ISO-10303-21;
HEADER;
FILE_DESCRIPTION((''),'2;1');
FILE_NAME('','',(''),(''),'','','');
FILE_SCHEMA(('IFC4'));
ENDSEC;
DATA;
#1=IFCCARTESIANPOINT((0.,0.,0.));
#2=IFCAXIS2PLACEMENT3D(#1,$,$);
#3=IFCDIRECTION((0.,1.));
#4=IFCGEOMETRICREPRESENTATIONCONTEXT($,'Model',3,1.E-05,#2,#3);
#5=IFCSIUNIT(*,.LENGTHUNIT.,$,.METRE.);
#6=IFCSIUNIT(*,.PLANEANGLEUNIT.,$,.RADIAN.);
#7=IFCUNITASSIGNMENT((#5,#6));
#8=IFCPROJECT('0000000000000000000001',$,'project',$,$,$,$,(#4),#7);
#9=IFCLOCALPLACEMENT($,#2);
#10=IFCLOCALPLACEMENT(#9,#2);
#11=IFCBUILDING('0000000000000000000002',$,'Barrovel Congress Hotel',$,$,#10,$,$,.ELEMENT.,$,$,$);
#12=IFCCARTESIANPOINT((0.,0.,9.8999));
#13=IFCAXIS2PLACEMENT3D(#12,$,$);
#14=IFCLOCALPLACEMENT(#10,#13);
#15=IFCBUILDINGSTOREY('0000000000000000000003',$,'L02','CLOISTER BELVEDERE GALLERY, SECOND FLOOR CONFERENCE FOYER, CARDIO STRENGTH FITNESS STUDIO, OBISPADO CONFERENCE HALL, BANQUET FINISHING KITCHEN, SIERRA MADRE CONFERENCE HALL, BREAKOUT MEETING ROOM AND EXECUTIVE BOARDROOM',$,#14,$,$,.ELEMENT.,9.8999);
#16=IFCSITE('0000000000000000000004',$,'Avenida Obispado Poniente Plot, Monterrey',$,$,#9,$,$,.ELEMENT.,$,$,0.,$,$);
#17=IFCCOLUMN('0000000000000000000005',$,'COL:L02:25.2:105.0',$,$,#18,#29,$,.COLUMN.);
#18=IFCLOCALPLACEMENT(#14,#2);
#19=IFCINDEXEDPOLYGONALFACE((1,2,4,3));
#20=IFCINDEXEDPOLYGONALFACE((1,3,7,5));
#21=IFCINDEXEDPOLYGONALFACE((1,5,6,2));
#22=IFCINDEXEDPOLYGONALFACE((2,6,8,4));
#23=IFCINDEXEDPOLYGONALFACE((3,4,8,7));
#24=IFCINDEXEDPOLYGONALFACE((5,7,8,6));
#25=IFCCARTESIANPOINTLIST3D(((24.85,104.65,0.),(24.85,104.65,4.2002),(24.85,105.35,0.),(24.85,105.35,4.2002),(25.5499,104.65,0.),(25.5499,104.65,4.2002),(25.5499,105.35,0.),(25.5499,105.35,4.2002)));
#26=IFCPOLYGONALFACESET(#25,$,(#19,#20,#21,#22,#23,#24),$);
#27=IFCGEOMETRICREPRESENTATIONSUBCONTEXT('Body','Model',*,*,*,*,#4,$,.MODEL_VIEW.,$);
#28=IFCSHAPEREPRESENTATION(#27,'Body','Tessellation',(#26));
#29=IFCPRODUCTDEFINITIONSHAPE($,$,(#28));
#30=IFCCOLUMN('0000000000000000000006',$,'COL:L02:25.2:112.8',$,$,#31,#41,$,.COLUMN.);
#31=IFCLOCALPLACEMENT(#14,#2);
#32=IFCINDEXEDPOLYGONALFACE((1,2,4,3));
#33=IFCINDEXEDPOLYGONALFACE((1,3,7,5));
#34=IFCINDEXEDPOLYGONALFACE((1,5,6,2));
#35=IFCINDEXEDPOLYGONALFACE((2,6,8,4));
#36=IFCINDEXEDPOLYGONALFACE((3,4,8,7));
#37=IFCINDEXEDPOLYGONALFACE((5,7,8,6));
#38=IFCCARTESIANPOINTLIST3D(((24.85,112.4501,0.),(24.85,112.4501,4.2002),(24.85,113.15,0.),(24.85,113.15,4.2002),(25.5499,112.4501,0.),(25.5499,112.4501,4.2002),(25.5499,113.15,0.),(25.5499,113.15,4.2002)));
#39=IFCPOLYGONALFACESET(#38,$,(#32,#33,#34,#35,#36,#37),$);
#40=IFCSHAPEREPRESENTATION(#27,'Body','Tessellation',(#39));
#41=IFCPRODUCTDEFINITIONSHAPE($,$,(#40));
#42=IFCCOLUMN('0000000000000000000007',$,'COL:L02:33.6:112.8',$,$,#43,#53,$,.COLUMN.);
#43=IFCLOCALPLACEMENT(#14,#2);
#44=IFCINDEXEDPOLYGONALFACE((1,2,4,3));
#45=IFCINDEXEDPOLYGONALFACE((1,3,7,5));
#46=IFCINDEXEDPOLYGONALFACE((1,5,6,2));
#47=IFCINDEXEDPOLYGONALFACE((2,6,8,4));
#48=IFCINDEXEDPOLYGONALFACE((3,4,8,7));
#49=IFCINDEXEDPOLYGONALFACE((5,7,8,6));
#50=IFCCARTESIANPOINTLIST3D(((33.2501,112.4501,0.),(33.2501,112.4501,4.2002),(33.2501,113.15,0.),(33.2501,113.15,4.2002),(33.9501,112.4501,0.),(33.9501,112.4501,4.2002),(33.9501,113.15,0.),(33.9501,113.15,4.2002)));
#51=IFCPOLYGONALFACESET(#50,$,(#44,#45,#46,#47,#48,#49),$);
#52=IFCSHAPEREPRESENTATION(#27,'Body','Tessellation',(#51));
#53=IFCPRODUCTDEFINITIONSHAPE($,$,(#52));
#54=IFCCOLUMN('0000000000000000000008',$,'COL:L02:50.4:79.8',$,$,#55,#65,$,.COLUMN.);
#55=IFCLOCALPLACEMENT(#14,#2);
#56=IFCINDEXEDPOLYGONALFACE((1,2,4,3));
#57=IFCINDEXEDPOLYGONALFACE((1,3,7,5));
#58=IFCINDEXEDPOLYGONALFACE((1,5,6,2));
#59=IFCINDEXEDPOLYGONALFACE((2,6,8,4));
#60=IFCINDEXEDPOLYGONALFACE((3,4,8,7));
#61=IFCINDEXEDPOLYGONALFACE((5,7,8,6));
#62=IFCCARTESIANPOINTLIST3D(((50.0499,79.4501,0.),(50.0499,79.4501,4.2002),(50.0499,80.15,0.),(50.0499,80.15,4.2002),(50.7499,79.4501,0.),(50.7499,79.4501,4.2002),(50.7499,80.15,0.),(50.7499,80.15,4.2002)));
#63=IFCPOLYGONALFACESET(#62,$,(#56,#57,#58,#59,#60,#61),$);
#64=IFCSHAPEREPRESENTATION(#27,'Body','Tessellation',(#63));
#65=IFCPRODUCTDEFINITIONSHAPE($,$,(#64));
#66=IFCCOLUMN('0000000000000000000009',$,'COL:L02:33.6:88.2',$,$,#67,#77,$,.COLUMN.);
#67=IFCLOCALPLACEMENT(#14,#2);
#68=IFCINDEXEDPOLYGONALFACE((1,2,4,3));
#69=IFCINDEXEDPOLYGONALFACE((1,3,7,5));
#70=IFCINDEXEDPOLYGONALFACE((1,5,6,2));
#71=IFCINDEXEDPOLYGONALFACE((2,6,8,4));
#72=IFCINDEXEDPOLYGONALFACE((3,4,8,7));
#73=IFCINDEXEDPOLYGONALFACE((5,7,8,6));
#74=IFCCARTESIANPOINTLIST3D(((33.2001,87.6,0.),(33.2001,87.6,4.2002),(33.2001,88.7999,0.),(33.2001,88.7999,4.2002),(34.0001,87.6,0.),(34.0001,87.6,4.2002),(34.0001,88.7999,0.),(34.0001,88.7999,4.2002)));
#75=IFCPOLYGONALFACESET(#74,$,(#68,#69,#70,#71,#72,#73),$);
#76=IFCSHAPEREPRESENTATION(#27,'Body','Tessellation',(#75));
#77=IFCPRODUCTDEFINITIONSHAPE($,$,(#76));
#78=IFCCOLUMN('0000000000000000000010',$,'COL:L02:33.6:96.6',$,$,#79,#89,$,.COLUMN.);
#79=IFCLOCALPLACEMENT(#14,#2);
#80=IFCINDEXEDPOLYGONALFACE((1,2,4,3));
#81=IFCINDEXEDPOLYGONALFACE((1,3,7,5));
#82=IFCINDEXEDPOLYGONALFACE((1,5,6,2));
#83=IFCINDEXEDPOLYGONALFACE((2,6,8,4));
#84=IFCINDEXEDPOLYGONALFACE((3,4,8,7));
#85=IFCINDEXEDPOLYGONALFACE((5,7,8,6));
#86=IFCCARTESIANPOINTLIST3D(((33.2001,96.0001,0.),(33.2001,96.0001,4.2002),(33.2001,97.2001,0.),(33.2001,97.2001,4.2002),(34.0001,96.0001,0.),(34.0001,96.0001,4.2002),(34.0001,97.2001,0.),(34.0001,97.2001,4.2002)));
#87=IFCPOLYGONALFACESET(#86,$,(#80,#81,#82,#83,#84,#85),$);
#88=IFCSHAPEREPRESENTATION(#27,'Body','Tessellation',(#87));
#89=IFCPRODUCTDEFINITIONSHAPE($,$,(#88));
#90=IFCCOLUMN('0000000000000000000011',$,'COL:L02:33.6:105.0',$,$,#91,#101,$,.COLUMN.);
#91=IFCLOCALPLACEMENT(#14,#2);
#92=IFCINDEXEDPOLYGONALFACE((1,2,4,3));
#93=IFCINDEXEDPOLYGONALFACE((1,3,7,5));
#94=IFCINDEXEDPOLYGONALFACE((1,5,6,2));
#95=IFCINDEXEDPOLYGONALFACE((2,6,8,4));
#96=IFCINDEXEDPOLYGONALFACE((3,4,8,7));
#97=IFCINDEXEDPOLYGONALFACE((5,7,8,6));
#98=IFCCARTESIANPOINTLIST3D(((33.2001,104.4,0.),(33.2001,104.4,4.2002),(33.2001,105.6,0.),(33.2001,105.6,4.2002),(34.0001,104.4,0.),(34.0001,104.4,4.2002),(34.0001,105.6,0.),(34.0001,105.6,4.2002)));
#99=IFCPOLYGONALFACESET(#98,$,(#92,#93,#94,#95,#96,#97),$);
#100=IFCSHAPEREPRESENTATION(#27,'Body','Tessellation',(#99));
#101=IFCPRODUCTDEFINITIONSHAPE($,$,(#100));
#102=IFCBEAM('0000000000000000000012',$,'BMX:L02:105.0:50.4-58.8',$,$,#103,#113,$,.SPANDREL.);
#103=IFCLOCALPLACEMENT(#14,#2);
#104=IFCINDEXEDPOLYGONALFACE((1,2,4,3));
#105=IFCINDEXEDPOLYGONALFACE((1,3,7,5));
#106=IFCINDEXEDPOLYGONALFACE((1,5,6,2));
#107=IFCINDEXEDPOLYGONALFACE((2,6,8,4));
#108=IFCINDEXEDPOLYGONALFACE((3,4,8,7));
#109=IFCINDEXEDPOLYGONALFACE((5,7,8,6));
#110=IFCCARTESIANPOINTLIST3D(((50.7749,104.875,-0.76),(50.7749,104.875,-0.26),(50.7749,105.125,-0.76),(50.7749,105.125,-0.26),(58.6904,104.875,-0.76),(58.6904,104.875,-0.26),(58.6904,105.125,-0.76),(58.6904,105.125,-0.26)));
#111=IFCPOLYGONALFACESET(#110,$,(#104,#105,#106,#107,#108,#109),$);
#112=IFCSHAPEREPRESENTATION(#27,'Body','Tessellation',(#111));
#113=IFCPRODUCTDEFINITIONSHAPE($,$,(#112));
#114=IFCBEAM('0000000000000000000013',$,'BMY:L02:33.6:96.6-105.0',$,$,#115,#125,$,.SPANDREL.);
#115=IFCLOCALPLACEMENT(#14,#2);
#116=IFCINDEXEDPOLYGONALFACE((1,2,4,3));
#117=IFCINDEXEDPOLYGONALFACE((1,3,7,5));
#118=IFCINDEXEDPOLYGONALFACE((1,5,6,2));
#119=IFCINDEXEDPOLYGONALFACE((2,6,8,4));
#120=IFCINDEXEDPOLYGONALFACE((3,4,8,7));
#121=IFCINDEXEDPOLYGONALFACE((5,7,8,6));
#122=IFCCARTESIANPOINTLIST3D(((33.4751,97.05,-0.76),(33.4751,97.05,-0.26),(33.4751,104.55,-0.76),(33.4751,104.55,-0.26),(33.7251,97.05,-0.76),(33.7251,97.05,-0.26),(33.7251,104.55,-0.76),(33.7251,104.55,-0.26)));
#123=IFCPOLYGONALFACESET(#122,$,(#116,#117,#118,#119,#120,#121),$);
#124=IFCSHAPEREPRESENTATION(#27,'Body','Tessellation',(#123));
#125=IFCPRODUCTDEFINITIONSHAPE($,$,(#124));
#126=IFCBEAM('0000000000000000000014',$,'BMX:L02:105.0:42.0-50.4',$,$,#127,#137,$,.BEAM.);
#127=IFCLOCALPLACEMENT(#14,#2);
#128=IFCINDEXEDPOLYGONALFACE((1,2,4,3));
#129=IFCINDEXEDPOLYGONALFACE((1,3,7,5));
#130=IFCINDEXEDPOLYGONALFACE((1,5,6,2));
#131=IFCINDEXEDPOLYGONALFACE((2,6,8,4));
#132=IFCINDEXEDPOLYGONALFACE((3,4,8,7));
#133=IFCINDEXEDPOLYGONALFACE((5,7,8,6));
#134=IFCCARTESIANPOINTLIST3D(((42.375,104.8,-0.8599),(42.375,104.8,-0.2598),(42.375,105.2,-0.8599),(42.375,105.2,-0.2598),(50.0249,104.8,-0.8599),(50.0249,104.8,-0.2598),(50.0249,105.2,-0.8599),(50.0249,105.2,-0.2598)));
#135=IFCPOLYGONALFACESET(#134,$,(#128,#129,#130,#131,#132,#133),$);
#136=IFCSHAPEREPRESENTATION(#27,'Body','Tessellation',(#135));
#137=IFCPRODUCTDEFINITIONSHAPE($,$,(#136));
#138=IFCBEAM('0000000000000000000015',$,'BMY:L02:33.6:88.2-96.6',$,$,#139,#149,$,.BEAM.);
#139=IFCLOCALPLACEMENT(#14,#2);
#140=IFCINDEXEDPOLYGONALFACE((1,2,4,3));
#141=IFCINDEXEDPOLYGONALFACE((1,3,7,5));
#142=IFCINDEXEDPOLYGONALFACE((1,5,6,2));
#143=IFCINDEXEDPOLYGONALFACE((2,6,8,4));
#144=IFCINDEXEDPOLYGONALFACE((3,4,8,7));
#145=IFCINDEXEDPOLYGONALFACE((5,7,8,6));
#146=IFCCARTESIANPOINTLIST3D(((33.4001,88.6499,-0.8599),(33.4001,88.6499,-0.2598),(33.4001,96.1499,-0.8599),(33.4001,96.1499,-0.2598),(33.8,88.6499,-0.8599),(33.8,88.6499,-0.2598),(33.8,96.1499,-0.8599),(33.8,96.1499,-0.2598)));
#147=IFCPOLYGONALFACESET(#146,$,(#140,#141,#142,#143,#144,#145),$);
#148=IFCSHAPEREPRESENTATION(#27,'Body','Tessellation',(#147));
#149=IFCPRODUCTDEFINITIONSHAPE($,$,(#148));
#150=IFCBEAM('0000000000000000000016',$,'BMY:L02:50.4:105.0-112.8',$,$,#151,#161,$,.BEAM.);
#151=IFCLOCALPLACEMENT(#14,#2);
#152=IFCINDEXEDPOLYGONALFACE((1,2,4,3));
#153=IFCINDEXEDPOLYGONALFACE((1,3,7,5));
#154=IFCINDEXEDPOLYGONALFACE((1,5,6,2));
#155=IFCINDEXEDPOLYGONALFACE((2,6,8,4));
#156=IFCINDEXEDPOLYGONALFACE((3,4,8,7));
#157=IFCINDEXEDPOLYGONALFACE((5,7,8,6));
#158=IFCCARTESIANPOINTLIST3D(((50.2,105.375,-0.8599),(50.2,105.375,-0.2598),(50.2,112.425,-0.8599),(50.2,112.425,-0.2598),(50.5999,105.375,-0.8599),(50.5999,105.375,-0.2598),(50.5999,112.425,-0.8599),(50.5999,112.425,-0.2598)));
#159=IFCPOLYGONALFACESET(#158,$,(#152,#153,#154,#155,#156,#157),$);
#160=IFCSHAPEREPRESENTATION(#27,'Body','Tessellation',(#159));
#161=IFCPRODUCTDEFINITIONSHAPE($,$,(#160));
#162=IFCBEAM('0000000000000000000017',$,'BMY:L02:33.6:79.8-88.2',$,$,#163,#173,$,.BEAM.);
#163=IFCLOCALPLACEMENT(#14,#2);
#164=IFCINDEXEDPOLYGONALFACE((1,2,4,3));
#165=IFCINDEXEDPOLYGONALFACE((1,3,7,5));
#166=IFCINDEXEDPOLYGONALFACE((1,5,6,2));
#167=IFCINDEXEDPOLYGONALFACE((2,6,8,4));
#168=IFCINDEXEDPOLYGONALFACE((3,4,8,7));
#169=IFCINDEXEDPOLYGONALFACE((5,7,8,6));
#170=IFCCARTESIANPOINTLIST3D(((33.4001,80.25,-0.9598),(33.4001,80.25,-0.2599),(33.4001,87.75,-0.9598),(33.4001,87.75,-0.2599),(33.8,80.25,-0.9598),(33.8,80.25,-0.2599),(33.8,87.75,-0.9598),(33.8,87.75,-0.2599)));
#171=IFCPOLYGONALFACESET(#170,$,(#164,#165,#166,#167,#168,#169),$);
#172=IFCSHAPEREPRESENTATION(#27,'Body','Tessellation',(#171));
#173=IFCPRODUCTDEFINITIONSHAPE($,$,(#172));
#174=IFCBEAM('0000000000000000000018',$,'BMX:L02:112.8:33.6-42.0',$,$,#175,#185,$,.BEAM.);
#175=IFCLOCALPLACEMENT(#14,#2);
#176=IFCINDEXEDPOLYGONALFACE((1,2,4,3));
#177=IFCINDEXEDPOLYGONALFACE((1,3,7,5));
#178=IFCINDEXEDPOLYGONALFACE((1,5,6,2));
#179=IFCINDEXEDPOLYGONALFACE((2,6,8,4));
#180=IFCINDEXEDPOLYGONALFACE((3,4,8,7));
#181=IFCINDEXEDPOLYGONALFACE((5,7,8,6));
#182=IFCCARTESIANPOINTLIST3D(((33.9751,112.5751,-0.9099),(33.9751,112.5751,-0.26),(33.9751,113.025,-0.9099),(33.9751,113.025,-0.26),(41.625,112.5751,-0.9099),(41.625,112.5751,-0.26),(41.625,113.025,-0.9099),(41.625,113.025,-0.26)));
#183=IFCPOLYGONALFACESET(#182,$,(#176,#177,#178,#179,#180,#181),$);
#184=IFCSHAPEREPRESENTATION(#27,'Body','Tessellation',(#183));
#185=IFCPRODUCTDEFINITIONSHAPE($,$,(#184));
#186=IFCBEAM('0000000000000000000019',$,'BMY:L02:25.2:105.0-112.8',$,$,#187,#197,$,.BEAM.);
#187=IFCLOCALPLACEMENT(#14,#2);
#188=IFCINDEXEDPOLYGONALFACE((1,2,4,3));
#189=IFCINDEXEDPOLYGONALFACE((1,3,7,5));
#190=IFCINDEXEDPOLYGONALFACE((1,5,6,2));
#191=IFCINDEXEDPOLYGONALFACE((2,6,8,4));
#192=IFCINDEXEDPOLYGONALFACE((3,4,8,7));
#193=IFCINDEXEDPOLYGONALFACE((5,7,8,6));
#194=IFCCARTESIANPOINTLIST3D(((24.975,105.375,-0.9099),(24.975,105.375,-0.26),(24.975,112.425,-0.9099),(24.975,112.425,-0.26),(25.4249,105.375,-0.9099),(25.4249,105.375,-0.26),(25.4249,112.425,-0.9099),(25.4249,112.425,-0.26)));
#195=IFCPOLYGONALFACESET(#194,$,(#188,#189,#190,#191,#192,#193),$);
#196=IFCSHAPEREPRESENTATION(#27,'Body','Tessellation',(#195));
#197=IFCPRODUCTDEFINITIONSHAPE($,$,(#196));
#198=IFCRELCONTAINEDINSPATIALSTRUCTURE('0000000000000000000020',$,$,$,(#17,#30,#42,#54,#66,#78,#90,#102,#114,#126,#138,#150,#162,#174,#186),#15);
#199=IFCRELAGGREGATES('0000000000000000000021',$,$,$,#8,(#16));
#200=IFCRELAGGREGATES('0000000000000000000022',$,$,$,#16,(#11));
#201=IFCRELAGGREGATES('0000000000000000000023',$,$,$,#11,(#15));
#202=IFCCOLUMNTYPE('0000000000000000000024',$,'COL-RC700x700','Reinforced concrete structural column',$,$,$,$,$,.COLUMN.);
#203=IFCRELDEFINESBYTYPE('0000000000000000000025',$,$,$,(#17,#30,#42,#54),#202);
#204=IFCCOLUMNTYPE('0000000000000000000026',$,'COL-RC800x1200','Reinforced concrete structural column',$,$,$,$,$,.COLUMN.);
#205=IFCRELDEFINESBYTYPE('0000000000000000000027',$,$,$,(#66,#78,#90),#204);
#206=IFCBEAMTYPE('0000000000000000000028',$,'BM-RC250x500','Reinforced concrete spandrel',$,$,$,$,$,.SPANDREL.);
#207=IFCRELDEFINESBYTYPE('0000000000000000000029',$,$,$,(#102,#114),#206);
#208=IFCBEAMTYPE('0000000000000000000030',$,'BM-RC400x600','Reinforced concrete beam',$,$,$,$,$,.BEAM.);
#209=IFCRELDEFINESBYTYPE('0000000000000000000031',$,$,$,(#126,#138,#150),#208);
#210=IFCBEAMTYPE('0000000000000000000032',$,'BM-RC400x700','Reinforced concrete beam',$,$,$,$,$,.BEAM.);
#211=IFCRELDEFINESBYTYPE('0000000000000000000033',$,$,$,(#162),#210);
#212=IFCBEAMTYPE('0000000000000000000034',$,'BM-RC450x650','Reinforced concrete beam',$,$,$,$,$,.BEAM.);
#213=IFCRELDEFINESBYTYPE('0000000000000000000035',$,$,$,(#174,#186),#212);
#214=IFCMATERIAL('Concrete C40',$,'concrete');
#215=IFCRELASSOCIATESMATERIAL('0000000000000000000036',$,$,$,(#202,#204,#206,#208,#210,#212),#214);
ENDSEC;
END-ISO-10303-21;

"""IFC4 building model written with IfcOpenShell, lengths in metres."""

from ifc_helpers import new_model, si_unit, direction, frame, origin, origin_2d, place, context, subcontext, project, spatial, rectangle, extrude, material, material_profile, profile_set, type_object, element, save


model = new_model("IFC4")

# Units and contexts
model_context = context("Model", 3, precision=1e-05, world=origin(), true_north=direction((0.0, 1.0)))
body_context = subcontext(model_context, "Body", "Model", "MODEL_VIEW")
ifc_project = project(units=[si_unit("LENGTHUNIT", "METRE"), si_unit("PLANEANGLEUNIT", "RADIAN")], contexts=[model_context])

# Site, building, storey
site_placement = place(None, origin())
site = spatial("IfcSite", under=ifc_project, at=site_placement, Name="Avenida Obispado Poniente Plot, Monterrey", CompositionType="ELEMENT", RefElevation=0.0)
building_placement = place(site_placement, origin())
building = spatial("IfcBuilding", under=site, at=building_placement, Name="Barrovel Congress Hotel", CompositionType="ELEMENT")
storey_placement = place(building_placement, frame((0.0, 0.0, 9.8999)))
storey = spatial("IfcBuildingStorey", under=building, at=storey_placement, Name="L02", Description="CLOISTER BELVEDERE GALLERY, SECOND FLOOR CONFERENCE FOYER, CARDIO STRENGTH FITNESS STUDIO, OBISPADO CONFERENCE HALL, BANQUET FINISHING KITCHEN, SIERRA MADRE CONFERENCE HALL, BREAKOUT MEETING ROOM AND EXECUTIVE BOARDROOM", CompositionType="ELEMENT", Elevation=9.8999)

# Columns
ifc_material_1 = material(Name="Concrete C40", Category="concrete")
ifc_material_profile_1 = material_profile(ifc_material_1, rectangle(XDim=0.7, YDim=0.7, at=origin_2d()), Name="RC700x700")
ifc_profile_set_1 = profile_set([ifc_material_profile_1], Name="Concrete C40")
column_type_1 = type_object("IfcColumnType", Name="COL-RC700x700", Description="Reinforced concrete structural column", PredefinedType="COLUMN", material=ifc_profile_set_1)
for number, where, z_axis, x_axis, name in (
    (1, (25.2, 105.0, 0.0), (0.0, 0.0, 1.0), (1.0, 0.0, 0.0), "COL:L02:25.2:105.0"),
    (2, (25.2, 112.8, 0.0), (0.0, 0.0, 1.0), (1.0, 0.0, 0.0), "COL:L02:25.2:112.8"),
    (3, (33.6001, 112.8, 0.0), (0.0, 0.0, 1.0), (1.0, 0.0, 0.0), "COL:L02:33.6:112.8"),
    (4, (50.3999, 79.8, 0.0), (0.0, 0.0, 1.0), (1.0, 0.0, 0.0), "COL:L02:50.4:79.8"),
):
    element("IfcColumn", number, at=place(storey_placement, frame(where, z_axis=z_axis, x_axis=x_axis)), inside=storey, type_object=column_type_1, Name=name, PredefinedType="COLUMN", context=body_context, shape_type="SweptSolid", body=[
        extrude(rectangle(XDim=0.7, YDim=0.7, at=origin_2d()), origin(), (0.0, 0.0, 1.0), 4.2002),
    ])
ifc_material_profile_2 = material_profile(ifc_material_1, rectangle(XDim=0.8, YDim=1.2, at=origin_2d()), Name="RC800x1200")
ifc_profile_set_2 = profile_set([ifc_material_profile_2], Name="Concrete C40")
column_type_2 = type_object("IfcColumnType", Name="COL-RC800x1200", Description="Reinforced concrete structural column", PredefinedType="COLUMN", material=ifc_profile_set_2)
for number, where, z_axis, x_axis, name in (
    (5, (33.6001, 88.2, 0.0), (0.0, 0.0, 1.0), (1.0, 0.0, 0.0), "COL:L02:33.6:88.2"),
    (6, (33.6001, 96.6001, 0.0), (0.0, 0.0, 1.0), (1.0, 0.0, 0.0), "COL:L02:33.6:96.6"),
    (7, (33.6001, 105.0, 0.0), (0.0, 0.0, 1.0), (1.0, 0.0, 0.0), "COL:L02:33.6:105.0"),
):
    element("IfcColumn", number, at=place(storey_placement, frame(where, z_axis=z_axis, x_axis=x_axis)), inside=storey, type_object=column_type_2, Name=name, PredefinedType="COLUMN", context=body_context, shape_type="SweptSolid", body=[
        extrude(rectangle(XDim=0.8, YDim=1.2, at=origin_2d()), origin(), (0.0, 0.0, 1.0), 4.2002),
    ])

# Beams
ifc_material_profile_3 = material_profile(ifc_material_1, rectangle(XDim=0.25, YDim=0.5, at=origin_2d()), Name="RC250x500")
ifc_profile_set_3 = profile_set([ifc_material_profile_3], Name="Concrete C40")
beam_type_1 = type_object("IfcBeamType", Name="BM-RC250x500", Description="Reinforced concrete spandrel", PredefinedType="SPANDREL", material=ifc_profile_set_3)
beam_1_placement = place(storey_placement, frame((50.7749, 105.0, -0.51), z_axis=(1.0, 0.0, 0.0), x_axis=(0.0, 1.0, 0.0)))
element("IfcBeam", 8, at=beam_1_placement, inside=storey, type_object=beam_type_1, Name="BMX:L02:105.0:50.4-58.8", PredefinedType="SPANDREL", context=body_context, shape_type="SweptSolid", body=[
    extrude(rectangle(XDim=0.25, YDim=0.5, at=origin_2d()), origin(), (0.0, 0.0, 1.0), 7.9155),
])
beam_2_placement = place(storey_placement, frame((33.6001, 97.05, -0.51), z_axis=(0.0, 1.0, 0.0), x_axis=(-1.0, 0.0, 0.0)))
element("IfcBeam", 9, at=beam_2_placement, inside=storey, type_object=beam_type_1, Name="BMY:L02:33.6:96.6-105.0", PredefinedType="SPANDREL", context=body_context, shape_type="SweptSolid", body=[
    extrude(rectangle(XDim=0.25, YDim=0.5, at=origin_2d()), origin(), (0.0, 0.0, 1.0), 7.5),
])
ifc_material_profile_4 = material_profile(ifc_material_1, rectangle(XDim=0.3999, YDim=0.6001, at=origin_2d()), Name="RC400x600")
ifc_profile_set_4 = profile_set([ifc_material_profile_4], Name="Concrete C40")
beam_type_2 = type_object("IfcBeamType", Name="BM-RC400x600", Description="Reinforced concrete beam", PredefinedType="BEAM", material=ifc_profile_set_4)
beam_3_placement = place(storey_placement, frame((42.375, 105.0, -0.5598), z_axis=(1.0, 0.0, 0.0), x_axis=(0.0, 1.0, 0.0)))
element("IfcBeam", 10, at=beam_3_placement, inside=storey, type_object=beam_type_2, Name="BMX:L02:105.0:42.0-50.4", PredefinedType="BEAM", context=body_context, shape_type="SweptSolid", body=[
    extrude(rectangle(XDim=0.3999, YDim=0.6001, at=origin_2d()), origin(), (0.0, 0.0, 1.0), 7.6499),
])
beam_4_placement = place(storey_placement, frame((33.6001, 88.6499, -0.5598), z_axis=(0.0, 1.0, 0.0), x_axis=(-1.0, 0.0, 0.0)))
element("IfcBeam", 11, at=beam_4_placement, inside=storey, type_object=beam_type_2, Name="BMY:L02:33.6:88.2-96.6", PredefinedType="BEAM", context=body_context, shape_type="SweptSolid", body=[
    extrude(rectangle(XDim=0.3999, YDim=0.6001, at=origin_2d()), origin(), (0.0, 0.0, 1.0), 7.5),
])
beam_5_placement = place(storey_placement, frame((50.3999, 105.375, -0.5598), z_axis=(0.0, 1.0, 0.0), x_axis=(-1.0, 0.0, 0.0)))
element("IfcBeam", 12, at=beam_5_placement, inside=storey, type_object=beam_type_2, Name="BMY:L02:50.4:105.0-112.8", PredefinedType="BEAM", context=body_context, shape_type="SweptSolid", body=[
    extrude(rectangle(XDim=0.3999, YDim=0.6001, at=origin_2d()), origin(), (0.0, 0.0, 1.0), 7.05),
])
ifc_material_profile_5 = material_profile(ifc_material_1, rectangle(XDim=0.3999, YDim=0.7, at=origin_2d()), Name="RC400x700")
ifc_profile_set_5 = profile_set([ifc_material_profile_5], Name="Concrete C40")
beam_type_3 = type_object("IfcBeamType", Name="BM-RC400x700", Description="Reinforced concrete beam", PredefinedType="BEAM", material=ifc_profile_set_5)
beam_6_placement = place(storey_placement, frame((33.6001, 80.25, -0.6099), z_axis=(0.0, 1.0, 0.0), x_axis=(-1.0, 0.0, 0.0)))
element("IfcBeam", 13, at=beam_6_placement, inside=storey, type_object=beam_type_3, Name="BMY:L02:33.6:79.8-88.2", PredefinedType="BEAM", context=body_context, shape_type="SweptSolid", body=[
    extrude(rectangle(XDim=0.3999, YDim=0.7, at=origin_2d()), origin(), (0.0, 0.0, 1.0), 7.5),
])
ifc_material_profile_6 = material_profile(ifc_material_1, rectangle(XDim=0.45, YDim=0.6499, at=origin_2d()), Name="RC450x650")
ifc_profile_set_6 = profile_set([ifc_material_profile_6], Name="Concrete C40")
beam_type_4 = type_object("IfcBeamType", Name="BM-RC450x650", Description="Reinforced concrete beam", PredefinedType="BEAM", material=ifc_profile_set_6)
beam_7_placement = place(storey_placement, frame((33.9751, 112.8, -0.585), z_axis=(1.0, 0.0, 0.0), x_axis=(0.0, 1.0, 0.0)))
element("IfcBeam", 14, at=beam_7_placement, inside=storey, type_object=beam_type_4, Name="BMX:L02:112.8:33.6-42.0", PredefinedType="BEAM", context=body_context, shape_type="SweptSolid", body=[
    extrude(rectangle(XDim=0.45, YDim=0.6499, at=origin_2d()), origin(), (0.0, 0.0, 1.0), 7.6499),
])
beam_8_placement = place(storey_placement, frame((25.2, 105.375, -0.585), z_axis=(0.0, 1.0, 0.0), x_axis=(-1.0, 0.0, 0.0)))
element("IfcBeam", 15, at=beam_8_placement, inside=storey, type_object=beam_type_4, Name="BMY:L02:25.2:105.0-112.8", PredefinedType="BEAM", context=body_context, shape_type="SweptSolid", body=[
    extrude(rectangle(XDim=0.45, YDim=0.6499, at=origin_2d()), origin(), (0.0, 0.0, 1.0), 7.05),
])

save(model, "model.ifc")
